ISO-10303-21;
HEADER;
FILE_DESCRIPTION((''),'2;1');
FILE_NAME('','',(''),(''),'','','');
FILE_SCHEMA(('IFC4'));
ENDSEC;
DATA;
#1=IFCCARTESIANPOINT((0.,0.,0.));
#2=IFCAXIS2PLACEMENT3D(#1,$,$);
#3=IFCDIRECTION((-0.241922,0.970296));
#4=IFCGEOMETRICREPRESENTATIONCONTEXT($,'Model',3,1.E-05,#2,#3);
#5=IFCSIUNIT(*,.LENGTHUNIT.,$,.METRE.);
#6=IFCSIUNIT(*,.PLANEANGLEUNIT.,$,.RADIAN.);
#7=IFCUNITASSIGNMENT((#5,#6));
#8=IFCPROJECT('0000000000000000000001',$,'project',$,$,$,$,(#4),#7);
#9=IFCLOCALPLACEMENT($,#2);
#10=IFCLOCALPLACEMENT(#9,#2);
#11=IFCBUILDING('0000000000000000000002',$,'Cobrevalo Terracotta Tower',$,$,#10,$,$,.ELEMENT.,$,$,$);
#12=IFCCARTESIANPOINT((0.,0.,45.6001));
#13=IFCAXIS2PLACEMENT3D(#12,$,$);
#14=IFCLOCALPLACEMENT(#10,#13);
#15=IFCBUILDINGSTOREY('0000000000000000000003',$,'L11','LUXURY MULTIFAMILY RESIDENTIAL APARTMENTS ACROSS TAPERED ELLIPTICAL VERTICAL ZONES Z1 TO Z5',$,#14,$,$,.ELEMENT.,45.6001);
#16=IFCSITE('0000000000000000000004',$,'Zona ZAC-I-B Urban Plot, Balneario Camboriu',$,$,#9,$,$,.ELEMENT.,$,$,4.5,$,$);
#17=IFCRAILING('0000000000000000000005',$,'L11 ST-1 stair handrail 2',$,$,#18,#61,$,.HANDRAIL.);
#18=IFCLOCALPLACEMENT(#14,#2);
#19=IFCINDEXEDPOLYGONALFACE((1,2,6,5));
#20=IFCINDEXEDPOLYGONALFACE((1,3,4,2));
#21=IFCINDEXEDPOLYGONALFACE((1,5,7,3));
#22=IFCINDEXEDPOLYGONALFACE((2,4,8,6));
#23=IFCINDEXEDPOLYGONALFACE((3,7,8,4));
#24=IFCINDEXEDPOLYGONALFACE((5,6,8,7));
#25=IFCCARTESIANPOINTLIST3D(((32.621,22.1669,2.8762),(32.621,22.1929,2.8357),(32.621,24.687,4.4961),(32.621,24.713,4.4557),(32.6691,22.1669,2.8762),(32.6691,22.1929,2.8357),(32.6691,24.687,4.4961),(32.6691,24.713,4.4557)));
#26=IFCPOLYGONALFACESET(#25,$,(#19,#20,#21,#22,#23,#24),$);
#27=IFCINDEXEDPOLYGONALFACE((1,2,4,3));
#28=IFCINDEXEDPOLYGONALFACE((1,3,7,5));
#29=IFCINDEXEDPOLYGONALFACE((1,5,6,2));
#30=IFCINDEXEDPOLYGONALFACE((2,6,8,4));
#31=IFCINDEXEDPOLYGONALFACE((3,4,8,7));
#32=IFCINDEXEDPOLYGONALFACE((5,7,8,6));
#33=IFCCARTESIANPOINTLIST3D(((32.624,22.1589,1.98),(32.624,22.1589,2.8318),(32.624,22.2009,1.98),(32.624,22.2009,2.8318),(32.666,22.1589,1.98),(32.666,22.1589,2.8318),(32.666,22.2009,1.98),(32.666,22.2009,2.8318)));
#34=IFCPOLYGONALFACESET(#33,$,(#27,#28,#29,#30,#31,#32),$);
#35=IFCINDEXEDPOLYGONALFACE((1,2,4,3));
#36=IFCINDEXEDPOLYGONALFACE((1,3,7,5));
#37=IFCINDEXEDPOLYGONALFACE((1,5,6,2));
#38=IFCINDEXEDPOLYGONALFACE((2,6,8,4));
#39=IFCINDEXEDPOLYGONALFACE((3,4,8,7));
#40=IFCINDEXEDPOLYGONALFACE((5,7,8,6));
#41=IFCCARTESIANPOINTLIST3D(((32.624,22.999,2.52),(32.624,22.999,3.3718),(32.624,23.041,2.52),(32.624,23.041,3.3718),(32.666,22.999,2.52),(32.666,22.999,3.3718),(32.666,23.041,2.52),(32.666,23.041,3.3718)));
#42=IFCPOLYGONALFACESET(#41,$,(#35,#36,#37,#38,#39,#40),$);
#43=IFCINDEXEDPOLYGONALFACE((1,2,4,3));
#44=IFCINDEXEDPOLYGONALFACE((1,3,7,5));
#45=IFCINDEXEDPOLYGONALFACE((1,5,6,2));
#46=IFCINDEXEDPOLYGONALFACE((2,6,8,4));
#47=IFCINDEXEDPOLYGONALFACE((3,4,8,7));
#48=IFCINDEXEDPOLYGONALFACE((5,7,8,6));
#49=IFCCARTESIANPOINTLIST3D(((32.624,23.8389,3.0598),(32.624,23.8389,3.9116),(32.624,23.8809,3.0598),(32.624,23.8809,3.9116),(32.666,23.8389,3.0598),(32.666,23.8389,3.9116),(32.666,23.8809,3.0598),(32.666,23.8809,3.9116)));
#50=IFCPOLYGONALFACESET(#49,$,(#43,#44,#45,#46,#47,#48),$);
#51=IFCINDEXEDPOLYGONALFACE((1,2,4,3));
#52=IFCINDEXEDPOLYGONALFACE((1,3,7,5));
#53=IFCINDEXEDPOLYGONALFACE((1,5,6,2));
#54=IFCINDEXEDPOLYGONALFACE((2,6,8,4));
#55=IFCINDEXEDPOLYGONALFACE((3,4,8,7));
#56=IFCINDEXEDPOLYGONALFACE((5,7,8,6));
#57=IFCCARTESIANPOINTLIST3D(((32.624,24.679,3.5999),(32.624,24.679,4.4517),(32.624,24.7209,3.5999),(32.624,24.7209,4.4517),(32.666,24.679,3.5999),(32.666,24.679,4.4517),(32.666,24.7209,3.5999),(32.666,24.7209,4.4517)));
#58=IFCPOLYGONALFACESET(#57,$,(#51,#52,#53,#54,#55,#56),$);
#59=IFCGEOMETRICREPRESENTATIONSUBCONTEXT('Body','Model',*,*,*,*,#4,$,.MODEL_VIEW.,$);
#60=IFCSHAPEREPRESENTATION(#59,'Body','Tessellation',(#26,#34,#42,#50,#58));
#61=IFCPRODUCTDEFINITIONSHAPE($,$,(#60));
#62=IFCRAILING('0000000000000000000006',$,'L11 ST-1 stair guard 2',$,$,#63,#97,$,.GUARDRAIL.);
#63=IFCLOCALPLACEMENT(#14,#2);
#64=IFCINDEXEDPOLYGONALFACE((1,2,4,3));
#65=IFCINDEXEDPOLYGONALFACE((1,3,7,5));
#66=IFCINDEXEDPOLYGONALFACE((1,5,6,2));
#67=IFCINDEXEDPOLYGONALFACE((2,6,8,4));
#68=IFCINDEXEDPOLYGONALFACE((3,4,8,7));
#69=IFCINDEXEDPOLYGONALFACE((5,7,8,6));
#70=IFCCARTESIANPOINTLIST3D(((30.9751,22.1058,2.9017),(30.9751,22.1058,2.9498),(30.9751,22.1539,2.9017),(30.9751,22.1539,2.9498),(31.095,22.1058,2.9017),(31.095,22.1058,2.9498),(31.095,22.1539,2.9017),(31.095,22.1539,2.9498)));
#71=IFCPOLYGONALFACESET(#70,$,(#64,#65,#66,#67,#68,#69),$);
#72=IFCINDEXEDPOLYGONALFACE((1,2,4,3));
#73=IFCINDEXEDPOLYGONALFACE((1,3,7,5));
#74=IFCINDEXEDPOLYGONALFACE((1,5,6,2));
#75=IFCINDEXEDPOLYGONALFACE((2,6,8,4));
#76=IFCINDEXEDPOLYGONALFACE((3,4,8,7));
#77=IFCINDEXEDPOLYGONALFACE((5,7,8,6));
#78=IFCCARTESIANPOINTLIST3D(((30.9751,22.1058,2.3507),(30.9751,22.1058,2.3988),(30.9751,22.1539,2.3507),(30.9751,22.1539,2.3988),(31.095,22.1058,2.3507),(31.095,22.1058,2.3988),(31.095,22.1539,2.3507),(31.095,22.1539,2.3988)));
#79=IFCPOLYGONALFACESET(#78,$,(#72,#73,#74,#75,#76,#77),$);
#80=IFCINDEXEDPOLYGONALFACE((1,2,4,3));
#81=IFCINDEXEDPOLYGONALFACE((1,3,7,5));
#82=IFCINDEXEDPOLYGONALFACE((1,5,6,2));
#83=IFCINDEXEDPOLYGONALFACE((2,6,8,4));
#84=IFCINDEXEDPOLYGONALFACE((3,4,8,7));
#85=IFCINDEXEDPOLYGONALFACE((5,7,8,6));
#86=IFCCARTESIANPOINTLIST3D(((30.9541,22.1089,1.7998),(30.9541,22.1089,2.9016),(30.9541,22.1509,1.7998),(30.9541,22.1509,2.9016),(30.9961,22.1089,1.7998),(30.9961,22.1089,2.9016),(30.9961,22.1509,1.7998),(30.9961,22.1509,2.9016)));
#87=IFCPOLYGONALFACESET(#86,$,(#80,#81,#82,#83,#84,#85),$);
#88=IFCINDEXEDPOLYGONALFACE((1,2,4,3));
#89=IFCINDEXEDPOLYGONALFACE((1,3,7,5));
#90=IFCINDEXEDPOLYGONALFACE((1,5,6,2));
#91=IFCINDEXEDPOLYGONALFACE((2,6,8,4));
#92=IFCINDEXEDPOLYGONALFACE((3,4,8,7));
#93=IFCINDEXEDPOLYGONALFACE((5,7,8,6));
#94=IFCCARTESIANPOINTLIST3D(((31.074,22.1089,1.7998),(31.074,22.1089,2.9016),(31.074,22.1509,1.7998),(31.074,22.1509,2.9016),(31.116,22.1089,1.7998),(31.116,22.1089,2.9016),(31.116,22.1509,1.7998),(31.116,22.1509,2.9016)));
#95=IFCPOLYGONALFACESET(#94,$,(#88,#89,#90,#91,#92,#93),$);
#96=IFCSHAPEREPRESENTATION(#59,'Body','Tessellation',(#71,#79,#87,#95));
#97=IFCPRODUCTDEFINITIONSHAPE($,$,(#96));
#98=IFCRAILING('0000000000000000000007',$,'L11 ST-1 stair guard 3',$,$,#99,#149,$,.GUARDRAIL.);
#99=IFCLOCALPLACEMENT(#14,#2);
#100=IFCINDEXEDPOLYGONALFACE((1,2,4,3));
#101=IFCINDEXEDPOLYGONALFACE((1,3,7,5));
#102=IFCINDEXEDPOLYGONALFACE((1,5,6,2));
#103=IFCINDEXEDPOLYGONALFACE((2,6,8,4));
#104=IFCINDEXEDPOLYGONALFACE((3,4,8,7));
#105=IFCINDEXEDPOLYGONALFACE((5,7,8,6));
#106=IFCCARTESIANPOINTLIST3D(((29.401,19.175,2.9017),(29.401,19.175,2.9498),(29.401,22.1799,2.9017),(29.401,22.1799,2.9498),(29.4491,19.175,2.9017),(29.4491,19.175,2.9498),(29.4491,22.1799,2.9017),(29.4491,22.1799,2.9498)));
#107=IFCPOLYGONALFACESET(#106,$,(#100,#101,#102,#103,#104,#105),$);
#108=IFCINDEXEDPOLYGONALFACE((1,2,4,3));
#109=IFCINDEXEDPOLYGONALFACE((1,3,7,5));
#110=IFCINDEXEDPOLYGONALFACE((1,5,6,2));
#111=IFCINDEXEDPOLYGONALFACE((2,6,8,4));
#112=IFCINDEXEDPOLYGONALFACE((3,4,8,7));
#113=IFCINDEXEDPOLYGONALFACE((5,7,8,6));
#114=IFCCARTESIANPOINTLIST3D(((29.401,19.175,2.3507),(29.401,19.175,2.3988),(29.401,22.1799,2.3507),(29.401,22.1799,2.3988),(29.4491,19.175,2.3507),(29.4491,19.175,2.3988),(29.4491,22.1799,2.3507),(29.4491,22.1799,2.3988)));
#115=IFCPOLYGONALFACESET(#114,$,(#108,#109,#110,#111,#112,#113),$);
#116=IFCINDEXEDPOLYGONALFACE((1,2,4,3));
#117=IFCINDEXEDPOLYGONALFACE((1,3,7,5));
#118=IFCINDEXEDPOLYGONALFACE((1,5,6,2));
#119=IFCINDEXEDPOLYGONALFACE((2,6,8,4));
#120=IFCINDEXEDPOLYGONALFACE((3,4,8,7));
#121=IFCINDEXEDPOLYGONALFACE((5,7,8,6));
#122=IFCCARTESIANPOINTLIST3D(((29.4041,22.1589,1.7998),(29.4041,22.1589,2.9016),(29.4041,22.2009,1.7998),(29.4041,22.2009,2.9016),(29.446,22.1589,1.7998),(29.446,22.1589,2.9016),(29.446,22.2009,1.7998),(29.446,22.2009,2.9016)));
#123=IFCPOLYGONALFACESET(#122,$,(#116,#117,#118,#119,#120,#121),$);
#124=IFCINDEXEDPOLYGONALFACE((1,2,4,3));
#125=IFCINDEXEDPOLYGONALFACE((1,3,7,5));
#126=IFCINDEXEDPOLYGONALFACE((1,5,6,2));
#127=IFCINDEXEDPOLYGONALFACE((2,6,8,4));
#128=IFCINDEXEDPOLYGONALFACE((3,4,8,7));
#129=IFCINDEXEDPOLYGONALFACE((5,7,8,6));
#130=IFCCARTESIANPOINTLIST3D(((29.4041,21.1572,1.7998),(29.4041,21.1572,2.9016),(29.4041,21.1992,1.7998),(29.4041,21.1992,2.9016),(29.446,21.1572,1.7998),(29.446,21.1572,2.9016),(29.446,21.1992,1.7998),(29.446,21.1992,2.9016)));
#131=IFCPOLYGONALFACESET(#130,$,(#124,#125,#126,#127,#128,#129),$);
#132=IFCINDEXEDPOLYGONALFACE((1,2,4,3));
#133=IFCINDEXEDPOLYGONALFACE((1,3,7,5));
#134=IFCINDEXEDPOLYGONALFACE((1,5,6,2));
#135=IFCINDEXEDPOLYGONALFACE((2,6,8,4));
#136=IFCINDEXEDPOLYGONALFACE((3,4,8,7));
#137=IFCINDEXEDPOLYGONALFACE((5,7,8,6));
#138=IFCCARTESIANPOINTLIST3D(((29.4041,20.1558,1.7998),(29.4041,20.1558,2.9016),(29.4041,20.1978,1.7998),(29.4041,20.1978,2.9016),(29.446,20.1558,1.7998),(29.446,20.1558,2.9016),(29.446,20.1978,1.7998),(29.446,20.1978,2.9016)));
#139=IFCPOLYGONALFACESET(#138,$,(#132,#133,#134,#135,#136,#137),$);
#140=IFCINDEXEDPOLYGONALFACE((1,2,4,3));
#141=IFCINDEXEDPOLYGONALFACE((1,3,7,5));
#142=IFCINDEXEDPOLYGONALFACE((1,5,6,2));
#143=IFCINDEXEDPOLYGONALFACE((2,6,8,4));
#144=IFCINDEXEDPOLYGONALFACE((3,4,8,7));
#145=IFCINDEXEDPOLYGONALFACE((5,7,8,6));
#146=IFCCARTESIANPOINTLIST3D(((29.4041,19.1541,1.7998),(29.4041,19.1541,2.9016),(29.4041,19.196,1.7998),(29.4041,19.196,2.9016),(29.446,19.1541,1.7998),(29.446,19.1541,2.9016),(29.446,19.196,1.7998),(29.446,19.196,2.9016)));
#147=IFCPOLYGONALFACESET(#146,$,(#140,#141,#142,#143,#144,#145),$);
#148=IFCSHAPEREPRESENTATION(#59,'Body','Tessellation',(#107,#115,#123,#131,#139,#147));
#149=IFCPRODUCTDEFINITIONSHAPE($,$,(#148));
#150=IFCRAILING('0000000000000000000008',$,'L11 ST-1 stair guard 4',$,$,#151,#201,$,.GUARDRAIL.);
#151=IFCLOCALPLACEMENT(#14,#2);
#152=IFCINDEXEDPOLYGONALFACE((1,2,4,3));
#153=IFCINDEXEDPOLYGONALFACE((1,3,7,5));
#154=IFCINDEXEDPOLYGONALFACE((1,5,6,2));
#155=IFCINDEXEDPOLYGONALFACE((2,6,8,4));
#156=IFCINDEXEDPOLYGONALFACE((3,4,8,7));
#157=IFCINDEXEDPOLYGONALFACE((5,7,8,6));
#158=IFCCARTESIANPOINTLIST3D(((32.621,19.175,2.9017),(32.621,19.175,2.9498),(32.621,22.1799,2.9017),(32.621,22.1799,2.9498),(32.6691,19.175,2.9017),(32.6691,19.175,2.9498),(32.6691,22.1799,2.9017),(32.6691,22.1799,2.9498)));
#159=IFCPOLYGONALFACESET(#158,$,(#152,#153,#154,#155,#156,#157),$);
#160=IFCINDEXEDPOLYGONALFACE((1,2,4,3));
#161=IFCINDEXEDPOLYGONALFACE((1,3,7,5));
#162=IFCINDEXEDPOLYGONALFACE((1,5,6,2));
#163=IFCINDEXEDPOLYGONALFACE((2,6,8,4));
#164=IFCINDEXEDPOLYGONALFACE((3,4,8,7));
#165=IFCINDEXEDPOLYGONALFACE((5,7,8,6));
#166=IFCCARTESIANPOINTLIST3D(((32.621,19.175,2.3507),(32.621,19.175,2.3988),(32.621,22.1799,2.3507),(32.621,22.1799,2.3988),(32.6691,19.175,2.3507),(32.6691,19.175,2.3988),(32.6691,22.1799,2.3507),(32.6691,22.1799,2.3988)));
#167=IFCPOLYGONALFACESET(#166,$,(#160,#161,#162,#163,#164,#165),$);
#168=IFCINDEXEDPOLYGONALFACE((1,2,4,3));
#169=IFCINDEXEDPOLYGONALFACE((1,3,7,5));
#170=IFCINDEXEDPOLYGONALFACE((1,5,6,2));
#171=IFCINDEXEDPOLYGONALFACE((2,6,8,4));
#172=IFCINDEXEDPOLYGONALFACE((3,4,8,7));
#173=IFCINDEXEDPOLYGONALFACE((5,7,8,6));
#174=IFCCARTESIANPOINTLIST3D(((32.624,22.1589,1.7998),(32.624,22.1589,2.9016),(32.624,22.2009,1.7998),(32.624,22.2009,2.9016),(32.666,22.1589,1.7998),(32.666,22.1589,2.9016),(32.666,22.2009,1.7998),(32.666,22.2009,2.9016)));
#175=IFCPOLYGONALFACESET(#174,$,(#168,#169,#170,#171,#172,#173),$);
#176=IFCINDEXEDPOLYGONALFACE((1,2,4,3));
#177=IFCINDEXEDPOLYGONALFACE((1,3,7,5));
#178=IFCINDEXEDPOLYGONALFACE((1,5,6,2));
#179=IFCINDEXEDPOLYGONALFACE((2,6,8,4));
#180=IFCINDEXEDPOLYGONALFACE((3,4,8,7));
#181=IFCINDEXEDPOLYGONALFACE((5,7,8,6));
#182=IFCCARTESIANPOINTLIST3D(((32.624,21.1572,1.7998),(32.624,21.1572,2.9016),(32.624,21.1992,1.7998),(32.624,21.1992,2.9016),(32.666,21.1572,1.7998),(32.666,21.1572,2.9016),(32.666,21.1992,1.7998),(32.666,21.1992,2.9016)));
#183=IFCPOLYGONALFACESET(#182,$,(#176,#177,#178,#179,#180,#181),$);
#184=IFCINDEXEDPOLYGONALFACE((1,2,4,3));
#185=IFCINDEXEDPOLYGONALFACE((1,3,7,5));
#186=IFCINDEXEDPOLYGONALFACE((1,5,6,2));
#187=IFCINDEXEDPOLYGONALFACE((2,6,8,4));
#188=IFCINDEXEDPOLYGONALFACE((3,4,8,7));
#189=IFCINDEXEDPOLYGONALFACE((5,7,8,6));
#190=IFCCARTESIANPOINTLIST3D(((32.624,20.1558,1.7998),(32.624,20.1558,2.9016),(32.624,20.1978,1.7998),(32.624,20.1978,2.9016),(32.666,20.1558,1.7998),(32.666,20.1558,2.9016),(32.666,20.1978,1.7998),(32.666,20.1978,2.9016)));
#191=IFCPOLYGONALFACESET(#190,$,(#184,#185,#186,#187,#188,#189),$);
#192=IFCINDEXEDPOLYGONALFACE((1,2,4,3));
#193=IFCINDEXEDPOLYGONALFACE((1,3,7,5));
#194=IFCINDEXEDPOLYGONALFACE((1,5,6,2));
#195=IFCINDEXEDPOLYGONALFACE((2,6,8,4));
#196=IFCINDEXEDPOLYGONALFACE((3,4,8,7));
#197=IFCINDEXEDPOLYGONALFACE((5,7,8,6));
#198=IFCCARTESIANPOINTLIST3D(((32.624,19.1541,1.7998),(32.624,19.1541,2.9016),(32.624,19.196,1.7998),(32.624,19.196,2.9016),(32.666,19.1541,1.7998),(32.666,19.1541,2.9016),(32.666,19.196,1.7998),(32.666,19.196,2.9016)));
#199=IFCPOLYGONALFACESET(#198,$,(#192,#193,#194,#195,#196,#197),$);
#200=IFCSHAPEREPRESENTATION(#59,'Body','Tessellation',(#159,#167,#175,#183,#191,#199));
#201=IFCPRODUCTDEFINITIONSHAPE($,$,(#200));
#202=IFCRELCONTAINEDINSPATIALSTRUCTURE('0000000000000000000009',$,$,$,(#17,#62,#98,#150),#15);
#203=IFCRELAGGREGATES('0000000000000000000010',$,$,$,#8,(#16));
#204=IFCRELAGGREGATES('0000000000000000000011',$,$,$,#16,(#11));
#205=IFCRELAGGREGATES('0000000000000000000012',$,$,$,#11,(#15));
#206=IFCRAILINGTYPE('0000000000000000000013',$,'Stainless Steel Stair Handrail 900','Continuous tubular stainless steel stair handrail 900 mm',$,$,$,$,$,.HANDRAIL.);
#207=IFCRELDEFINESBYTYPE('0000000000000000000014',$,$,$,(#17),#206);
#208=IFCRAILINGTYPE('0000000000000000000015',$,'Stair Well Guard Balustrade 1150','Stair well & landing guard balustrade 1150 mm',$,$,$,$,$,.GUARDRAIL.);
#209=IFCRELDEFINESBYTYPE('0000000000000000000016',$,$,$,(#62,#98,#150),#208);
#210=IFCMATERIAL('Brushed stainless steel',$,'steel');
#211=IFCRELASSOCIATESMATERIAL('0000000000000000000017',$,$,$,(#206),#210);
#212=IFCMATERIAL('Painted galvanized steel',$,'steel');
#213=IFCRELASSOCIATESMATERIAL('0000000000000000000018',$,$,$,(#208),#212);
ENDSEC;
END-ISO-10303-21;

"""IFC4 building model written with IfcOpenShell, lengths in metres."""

from ifc_helpers import new_model, si_unit, direction, frame, origin, origin_2d, place, context, subcontext, project, spatial, rectangle, extrude, material, type_object, element, save


model = new_model("IFC4")

# Units and contexts
model_context = context("Model", 3, precision=1e-05, world=origin(), true_north=direction((-0.241922, 0.970296)))
body_context = subcontext(model_context, "Body", "Model", "MODEL_VIEW")
ifc_project = project(units=[si_unit("LENGTHUNIT", "METRE"), si_unit("PLANEANGLEUNIT", "RADIAN")], contexts=[model_context])

# Site, building, storey
site_placement = place(None, origin())
site = spatial("IfcSite", under=ifc_project, at=site_placement, Name="Zona ZAC-I-B Urban Plot, Balneario Camboriu", CompositionType="ELEMENT", RefElevation=4.5)
building_placement = place(site_placement, origin())
building = spatial("IfcBuilding", under=site, at=building_placement, Name="Cobrevalo Terracotta Tower", CompositionType="ELEMENT")
storey_placement = place(building_placement, frame((0.0, 0.0, 45.6001)))
storey = spatial("IfcBuildingStorey", under=building, at=storey_placement, Name="L11", Description="LUXURY MULTIFAMILY RESIDENTIAL APARTMENTS ACROSS TAPERED ELLIPTICAL VERTICAL ZONES Z1 TO Z5", CompositionType="ELEMENT", Elevation=45.6001)

# Railings
ifc_material_1 = material(Name="Brushed stainless steel", Category="steel")
railing_type_1 = type_object("IfcRailingType", Name="Stainless Steel Stair Handrail 900", Description="Continuous tubular stainless steel stair handrail 900 mm", PredefinedType="HANDRAIL", material=ifc_material_1)
railing_1_placement = place(storey_placement, frame((32.645, 22.1799, 1.98)))
element("IfcRailing", 1, at=railing_1_placement, inside=storey, type_object=railing_type_1, Name="L11 ST-1 stair handrail 2", PredefinedType="HANDRAIL", context=body_context, shape_type="SweptSolid", body=[
    extrude(rectangle(XDim=0.0481, YDim=0.0481, at=origin_2d()), frame((0.0, 0.0, 0.876), z_axis=(0.0, 0.8412, 0.540725), x_axis=(-1.0, 0.0, 0.0)), (0.0, 0.0, 1.0), 2.9958),
    extrude(rectangle(XDim=0.042, YDim=0.042, at=origin_2d()), origin(), (0.0, 0.0, 1.0), 0.8518),
    extrude(rectangle(XDim=0.042, YDim=0.042, at=origin_2d()), frame((0.0, 0.8401, 0.54)), (0.0, 0.0, 1.0), 0.8518),
    extrude(rectangle(XDim=0.042, YDim=0.042, at=origin_2d()), frame((0.0, 1.6799, 1.0798)), (0.0, 0.0, 1.0), 0.8518),
    extrude(rectangle(XDim=0.042, YDim=0.042, at=origin_2d()), frame((0.0, 2.52, 1.6199)), (0.0, 0.0, 1.0), 0.8518),
])
ifc_material_2 = material(Name="Painted galvanized steel", Category="steel")
railing_type_2 = type_object("IfcRailingType", Name="Stair Well Guard Balustrade 1150", Description="Stair well & landing guard balustrade 1150 mm", PredefinedType="GUARDRAIL", material=ifc_material_2)
railing_2_placement = place(storey_placement, frame((30.9751, 22.1299, 1.7998)))
element("IfcRailing", 2, at=railing_2_placement, inside=storey, type_object=railing_type_2, Name="L11 ST-1 stair guard 2", PredefinedType="GUARDRAIL", context=body_context, shape_type="SweptSolid", body=[
    extrude(rectangle(XDim=0.0481, YDim=0.0481, at=origin_2d()), frame((0.0, 0.0, 1.126), z_axis=(1.0, 0.0, 0.0), x_axis=(0.0, 1.0, 0.0)), (0.0, 0.0, 1.0), 0.1199),
    extrude(rectangle(XDim=0.0481, YDim=0.0481, at=origin_2d()), frame((0.0, 0.0, 0.575), z_axis=(1.0, 0.0, 0.0), x_axis=(0.0, 1.0, 0.0)), (0.0, 0.0, 1.0), 0.1199),
    extrude(rectangle(XDim=0.042, YDim=0.042, at=origin_2d()), origin(), (0.0, 0.0, 1.0), 1.1018),
    extrude(rectangle(XDim=0.042, YDim=0.042, at=origin_2d()), frame((0.1199, 0.0, 0.0)), (0.0, 0.0, 1.0), 1.1018),
])
for number, where, name in (
    (3, (29.425, 22.1799, 1.7998), "L11 ST-1 stair guard 3"),
    (4, (32.645, 22.1799, 1.7998), "L11 ST-1 stair guard 4"),
):
    element("IfcRailing", number, at=place(storey_placement, frame(where)), inside=storey, type_object=railing_type_2, Name=name, PredefinedType="GUARDRAIL", context=body_context, shape_type="SweptSolid", body=[
        extrude(rectangle(XDim=0.0481, YDim=0.0481, at=origin_2d()), frame((0.0, 0.0, 1.126), z_axis=(0.0, -1.0, 0.0), x_axis=(1.0, 0.0, 0.0)), (0.0, 0.0, 1.0), 3.0049),
        extrude(rectangle(XDim=0.0481, YDim=0.0481, at=origin_2d()), frame((0.0, 0.0, 0.575), z_axis=(0.0, -1.0, 0.0), x_axis=(1.0, 0.0, 0.0)), (0.0, 0.0, 1.0), 3.0049),
        extrude(rectangle(XDim=0.042, YDim=0.042, at=origin_2d()), origin(), (0.0, 0.0, 1.0), 1.1018),
        extrude(rectangle(XDim=0.042, YDim=0.042, at=origin_2d()), frame((0.0, -1.0017, 0.0)), (0.0, 0.0, 1.0), 1.1018),
        extrude(rectangle(XDim=0.042, YDim=0.042, at=origin_2d()), frame((0.0, -2.0032, 0.0)), (0.0, 0.0, 1.0), 1.1018),
        extrude(rectangle(XDim=0.042, YDim=0.042, at=origin_2d()), frame((0.0, -3.0049, 0.0)), (0.0, 0.0, 1.0), 1.1018),
    ])

save(model, "model.ifc")
